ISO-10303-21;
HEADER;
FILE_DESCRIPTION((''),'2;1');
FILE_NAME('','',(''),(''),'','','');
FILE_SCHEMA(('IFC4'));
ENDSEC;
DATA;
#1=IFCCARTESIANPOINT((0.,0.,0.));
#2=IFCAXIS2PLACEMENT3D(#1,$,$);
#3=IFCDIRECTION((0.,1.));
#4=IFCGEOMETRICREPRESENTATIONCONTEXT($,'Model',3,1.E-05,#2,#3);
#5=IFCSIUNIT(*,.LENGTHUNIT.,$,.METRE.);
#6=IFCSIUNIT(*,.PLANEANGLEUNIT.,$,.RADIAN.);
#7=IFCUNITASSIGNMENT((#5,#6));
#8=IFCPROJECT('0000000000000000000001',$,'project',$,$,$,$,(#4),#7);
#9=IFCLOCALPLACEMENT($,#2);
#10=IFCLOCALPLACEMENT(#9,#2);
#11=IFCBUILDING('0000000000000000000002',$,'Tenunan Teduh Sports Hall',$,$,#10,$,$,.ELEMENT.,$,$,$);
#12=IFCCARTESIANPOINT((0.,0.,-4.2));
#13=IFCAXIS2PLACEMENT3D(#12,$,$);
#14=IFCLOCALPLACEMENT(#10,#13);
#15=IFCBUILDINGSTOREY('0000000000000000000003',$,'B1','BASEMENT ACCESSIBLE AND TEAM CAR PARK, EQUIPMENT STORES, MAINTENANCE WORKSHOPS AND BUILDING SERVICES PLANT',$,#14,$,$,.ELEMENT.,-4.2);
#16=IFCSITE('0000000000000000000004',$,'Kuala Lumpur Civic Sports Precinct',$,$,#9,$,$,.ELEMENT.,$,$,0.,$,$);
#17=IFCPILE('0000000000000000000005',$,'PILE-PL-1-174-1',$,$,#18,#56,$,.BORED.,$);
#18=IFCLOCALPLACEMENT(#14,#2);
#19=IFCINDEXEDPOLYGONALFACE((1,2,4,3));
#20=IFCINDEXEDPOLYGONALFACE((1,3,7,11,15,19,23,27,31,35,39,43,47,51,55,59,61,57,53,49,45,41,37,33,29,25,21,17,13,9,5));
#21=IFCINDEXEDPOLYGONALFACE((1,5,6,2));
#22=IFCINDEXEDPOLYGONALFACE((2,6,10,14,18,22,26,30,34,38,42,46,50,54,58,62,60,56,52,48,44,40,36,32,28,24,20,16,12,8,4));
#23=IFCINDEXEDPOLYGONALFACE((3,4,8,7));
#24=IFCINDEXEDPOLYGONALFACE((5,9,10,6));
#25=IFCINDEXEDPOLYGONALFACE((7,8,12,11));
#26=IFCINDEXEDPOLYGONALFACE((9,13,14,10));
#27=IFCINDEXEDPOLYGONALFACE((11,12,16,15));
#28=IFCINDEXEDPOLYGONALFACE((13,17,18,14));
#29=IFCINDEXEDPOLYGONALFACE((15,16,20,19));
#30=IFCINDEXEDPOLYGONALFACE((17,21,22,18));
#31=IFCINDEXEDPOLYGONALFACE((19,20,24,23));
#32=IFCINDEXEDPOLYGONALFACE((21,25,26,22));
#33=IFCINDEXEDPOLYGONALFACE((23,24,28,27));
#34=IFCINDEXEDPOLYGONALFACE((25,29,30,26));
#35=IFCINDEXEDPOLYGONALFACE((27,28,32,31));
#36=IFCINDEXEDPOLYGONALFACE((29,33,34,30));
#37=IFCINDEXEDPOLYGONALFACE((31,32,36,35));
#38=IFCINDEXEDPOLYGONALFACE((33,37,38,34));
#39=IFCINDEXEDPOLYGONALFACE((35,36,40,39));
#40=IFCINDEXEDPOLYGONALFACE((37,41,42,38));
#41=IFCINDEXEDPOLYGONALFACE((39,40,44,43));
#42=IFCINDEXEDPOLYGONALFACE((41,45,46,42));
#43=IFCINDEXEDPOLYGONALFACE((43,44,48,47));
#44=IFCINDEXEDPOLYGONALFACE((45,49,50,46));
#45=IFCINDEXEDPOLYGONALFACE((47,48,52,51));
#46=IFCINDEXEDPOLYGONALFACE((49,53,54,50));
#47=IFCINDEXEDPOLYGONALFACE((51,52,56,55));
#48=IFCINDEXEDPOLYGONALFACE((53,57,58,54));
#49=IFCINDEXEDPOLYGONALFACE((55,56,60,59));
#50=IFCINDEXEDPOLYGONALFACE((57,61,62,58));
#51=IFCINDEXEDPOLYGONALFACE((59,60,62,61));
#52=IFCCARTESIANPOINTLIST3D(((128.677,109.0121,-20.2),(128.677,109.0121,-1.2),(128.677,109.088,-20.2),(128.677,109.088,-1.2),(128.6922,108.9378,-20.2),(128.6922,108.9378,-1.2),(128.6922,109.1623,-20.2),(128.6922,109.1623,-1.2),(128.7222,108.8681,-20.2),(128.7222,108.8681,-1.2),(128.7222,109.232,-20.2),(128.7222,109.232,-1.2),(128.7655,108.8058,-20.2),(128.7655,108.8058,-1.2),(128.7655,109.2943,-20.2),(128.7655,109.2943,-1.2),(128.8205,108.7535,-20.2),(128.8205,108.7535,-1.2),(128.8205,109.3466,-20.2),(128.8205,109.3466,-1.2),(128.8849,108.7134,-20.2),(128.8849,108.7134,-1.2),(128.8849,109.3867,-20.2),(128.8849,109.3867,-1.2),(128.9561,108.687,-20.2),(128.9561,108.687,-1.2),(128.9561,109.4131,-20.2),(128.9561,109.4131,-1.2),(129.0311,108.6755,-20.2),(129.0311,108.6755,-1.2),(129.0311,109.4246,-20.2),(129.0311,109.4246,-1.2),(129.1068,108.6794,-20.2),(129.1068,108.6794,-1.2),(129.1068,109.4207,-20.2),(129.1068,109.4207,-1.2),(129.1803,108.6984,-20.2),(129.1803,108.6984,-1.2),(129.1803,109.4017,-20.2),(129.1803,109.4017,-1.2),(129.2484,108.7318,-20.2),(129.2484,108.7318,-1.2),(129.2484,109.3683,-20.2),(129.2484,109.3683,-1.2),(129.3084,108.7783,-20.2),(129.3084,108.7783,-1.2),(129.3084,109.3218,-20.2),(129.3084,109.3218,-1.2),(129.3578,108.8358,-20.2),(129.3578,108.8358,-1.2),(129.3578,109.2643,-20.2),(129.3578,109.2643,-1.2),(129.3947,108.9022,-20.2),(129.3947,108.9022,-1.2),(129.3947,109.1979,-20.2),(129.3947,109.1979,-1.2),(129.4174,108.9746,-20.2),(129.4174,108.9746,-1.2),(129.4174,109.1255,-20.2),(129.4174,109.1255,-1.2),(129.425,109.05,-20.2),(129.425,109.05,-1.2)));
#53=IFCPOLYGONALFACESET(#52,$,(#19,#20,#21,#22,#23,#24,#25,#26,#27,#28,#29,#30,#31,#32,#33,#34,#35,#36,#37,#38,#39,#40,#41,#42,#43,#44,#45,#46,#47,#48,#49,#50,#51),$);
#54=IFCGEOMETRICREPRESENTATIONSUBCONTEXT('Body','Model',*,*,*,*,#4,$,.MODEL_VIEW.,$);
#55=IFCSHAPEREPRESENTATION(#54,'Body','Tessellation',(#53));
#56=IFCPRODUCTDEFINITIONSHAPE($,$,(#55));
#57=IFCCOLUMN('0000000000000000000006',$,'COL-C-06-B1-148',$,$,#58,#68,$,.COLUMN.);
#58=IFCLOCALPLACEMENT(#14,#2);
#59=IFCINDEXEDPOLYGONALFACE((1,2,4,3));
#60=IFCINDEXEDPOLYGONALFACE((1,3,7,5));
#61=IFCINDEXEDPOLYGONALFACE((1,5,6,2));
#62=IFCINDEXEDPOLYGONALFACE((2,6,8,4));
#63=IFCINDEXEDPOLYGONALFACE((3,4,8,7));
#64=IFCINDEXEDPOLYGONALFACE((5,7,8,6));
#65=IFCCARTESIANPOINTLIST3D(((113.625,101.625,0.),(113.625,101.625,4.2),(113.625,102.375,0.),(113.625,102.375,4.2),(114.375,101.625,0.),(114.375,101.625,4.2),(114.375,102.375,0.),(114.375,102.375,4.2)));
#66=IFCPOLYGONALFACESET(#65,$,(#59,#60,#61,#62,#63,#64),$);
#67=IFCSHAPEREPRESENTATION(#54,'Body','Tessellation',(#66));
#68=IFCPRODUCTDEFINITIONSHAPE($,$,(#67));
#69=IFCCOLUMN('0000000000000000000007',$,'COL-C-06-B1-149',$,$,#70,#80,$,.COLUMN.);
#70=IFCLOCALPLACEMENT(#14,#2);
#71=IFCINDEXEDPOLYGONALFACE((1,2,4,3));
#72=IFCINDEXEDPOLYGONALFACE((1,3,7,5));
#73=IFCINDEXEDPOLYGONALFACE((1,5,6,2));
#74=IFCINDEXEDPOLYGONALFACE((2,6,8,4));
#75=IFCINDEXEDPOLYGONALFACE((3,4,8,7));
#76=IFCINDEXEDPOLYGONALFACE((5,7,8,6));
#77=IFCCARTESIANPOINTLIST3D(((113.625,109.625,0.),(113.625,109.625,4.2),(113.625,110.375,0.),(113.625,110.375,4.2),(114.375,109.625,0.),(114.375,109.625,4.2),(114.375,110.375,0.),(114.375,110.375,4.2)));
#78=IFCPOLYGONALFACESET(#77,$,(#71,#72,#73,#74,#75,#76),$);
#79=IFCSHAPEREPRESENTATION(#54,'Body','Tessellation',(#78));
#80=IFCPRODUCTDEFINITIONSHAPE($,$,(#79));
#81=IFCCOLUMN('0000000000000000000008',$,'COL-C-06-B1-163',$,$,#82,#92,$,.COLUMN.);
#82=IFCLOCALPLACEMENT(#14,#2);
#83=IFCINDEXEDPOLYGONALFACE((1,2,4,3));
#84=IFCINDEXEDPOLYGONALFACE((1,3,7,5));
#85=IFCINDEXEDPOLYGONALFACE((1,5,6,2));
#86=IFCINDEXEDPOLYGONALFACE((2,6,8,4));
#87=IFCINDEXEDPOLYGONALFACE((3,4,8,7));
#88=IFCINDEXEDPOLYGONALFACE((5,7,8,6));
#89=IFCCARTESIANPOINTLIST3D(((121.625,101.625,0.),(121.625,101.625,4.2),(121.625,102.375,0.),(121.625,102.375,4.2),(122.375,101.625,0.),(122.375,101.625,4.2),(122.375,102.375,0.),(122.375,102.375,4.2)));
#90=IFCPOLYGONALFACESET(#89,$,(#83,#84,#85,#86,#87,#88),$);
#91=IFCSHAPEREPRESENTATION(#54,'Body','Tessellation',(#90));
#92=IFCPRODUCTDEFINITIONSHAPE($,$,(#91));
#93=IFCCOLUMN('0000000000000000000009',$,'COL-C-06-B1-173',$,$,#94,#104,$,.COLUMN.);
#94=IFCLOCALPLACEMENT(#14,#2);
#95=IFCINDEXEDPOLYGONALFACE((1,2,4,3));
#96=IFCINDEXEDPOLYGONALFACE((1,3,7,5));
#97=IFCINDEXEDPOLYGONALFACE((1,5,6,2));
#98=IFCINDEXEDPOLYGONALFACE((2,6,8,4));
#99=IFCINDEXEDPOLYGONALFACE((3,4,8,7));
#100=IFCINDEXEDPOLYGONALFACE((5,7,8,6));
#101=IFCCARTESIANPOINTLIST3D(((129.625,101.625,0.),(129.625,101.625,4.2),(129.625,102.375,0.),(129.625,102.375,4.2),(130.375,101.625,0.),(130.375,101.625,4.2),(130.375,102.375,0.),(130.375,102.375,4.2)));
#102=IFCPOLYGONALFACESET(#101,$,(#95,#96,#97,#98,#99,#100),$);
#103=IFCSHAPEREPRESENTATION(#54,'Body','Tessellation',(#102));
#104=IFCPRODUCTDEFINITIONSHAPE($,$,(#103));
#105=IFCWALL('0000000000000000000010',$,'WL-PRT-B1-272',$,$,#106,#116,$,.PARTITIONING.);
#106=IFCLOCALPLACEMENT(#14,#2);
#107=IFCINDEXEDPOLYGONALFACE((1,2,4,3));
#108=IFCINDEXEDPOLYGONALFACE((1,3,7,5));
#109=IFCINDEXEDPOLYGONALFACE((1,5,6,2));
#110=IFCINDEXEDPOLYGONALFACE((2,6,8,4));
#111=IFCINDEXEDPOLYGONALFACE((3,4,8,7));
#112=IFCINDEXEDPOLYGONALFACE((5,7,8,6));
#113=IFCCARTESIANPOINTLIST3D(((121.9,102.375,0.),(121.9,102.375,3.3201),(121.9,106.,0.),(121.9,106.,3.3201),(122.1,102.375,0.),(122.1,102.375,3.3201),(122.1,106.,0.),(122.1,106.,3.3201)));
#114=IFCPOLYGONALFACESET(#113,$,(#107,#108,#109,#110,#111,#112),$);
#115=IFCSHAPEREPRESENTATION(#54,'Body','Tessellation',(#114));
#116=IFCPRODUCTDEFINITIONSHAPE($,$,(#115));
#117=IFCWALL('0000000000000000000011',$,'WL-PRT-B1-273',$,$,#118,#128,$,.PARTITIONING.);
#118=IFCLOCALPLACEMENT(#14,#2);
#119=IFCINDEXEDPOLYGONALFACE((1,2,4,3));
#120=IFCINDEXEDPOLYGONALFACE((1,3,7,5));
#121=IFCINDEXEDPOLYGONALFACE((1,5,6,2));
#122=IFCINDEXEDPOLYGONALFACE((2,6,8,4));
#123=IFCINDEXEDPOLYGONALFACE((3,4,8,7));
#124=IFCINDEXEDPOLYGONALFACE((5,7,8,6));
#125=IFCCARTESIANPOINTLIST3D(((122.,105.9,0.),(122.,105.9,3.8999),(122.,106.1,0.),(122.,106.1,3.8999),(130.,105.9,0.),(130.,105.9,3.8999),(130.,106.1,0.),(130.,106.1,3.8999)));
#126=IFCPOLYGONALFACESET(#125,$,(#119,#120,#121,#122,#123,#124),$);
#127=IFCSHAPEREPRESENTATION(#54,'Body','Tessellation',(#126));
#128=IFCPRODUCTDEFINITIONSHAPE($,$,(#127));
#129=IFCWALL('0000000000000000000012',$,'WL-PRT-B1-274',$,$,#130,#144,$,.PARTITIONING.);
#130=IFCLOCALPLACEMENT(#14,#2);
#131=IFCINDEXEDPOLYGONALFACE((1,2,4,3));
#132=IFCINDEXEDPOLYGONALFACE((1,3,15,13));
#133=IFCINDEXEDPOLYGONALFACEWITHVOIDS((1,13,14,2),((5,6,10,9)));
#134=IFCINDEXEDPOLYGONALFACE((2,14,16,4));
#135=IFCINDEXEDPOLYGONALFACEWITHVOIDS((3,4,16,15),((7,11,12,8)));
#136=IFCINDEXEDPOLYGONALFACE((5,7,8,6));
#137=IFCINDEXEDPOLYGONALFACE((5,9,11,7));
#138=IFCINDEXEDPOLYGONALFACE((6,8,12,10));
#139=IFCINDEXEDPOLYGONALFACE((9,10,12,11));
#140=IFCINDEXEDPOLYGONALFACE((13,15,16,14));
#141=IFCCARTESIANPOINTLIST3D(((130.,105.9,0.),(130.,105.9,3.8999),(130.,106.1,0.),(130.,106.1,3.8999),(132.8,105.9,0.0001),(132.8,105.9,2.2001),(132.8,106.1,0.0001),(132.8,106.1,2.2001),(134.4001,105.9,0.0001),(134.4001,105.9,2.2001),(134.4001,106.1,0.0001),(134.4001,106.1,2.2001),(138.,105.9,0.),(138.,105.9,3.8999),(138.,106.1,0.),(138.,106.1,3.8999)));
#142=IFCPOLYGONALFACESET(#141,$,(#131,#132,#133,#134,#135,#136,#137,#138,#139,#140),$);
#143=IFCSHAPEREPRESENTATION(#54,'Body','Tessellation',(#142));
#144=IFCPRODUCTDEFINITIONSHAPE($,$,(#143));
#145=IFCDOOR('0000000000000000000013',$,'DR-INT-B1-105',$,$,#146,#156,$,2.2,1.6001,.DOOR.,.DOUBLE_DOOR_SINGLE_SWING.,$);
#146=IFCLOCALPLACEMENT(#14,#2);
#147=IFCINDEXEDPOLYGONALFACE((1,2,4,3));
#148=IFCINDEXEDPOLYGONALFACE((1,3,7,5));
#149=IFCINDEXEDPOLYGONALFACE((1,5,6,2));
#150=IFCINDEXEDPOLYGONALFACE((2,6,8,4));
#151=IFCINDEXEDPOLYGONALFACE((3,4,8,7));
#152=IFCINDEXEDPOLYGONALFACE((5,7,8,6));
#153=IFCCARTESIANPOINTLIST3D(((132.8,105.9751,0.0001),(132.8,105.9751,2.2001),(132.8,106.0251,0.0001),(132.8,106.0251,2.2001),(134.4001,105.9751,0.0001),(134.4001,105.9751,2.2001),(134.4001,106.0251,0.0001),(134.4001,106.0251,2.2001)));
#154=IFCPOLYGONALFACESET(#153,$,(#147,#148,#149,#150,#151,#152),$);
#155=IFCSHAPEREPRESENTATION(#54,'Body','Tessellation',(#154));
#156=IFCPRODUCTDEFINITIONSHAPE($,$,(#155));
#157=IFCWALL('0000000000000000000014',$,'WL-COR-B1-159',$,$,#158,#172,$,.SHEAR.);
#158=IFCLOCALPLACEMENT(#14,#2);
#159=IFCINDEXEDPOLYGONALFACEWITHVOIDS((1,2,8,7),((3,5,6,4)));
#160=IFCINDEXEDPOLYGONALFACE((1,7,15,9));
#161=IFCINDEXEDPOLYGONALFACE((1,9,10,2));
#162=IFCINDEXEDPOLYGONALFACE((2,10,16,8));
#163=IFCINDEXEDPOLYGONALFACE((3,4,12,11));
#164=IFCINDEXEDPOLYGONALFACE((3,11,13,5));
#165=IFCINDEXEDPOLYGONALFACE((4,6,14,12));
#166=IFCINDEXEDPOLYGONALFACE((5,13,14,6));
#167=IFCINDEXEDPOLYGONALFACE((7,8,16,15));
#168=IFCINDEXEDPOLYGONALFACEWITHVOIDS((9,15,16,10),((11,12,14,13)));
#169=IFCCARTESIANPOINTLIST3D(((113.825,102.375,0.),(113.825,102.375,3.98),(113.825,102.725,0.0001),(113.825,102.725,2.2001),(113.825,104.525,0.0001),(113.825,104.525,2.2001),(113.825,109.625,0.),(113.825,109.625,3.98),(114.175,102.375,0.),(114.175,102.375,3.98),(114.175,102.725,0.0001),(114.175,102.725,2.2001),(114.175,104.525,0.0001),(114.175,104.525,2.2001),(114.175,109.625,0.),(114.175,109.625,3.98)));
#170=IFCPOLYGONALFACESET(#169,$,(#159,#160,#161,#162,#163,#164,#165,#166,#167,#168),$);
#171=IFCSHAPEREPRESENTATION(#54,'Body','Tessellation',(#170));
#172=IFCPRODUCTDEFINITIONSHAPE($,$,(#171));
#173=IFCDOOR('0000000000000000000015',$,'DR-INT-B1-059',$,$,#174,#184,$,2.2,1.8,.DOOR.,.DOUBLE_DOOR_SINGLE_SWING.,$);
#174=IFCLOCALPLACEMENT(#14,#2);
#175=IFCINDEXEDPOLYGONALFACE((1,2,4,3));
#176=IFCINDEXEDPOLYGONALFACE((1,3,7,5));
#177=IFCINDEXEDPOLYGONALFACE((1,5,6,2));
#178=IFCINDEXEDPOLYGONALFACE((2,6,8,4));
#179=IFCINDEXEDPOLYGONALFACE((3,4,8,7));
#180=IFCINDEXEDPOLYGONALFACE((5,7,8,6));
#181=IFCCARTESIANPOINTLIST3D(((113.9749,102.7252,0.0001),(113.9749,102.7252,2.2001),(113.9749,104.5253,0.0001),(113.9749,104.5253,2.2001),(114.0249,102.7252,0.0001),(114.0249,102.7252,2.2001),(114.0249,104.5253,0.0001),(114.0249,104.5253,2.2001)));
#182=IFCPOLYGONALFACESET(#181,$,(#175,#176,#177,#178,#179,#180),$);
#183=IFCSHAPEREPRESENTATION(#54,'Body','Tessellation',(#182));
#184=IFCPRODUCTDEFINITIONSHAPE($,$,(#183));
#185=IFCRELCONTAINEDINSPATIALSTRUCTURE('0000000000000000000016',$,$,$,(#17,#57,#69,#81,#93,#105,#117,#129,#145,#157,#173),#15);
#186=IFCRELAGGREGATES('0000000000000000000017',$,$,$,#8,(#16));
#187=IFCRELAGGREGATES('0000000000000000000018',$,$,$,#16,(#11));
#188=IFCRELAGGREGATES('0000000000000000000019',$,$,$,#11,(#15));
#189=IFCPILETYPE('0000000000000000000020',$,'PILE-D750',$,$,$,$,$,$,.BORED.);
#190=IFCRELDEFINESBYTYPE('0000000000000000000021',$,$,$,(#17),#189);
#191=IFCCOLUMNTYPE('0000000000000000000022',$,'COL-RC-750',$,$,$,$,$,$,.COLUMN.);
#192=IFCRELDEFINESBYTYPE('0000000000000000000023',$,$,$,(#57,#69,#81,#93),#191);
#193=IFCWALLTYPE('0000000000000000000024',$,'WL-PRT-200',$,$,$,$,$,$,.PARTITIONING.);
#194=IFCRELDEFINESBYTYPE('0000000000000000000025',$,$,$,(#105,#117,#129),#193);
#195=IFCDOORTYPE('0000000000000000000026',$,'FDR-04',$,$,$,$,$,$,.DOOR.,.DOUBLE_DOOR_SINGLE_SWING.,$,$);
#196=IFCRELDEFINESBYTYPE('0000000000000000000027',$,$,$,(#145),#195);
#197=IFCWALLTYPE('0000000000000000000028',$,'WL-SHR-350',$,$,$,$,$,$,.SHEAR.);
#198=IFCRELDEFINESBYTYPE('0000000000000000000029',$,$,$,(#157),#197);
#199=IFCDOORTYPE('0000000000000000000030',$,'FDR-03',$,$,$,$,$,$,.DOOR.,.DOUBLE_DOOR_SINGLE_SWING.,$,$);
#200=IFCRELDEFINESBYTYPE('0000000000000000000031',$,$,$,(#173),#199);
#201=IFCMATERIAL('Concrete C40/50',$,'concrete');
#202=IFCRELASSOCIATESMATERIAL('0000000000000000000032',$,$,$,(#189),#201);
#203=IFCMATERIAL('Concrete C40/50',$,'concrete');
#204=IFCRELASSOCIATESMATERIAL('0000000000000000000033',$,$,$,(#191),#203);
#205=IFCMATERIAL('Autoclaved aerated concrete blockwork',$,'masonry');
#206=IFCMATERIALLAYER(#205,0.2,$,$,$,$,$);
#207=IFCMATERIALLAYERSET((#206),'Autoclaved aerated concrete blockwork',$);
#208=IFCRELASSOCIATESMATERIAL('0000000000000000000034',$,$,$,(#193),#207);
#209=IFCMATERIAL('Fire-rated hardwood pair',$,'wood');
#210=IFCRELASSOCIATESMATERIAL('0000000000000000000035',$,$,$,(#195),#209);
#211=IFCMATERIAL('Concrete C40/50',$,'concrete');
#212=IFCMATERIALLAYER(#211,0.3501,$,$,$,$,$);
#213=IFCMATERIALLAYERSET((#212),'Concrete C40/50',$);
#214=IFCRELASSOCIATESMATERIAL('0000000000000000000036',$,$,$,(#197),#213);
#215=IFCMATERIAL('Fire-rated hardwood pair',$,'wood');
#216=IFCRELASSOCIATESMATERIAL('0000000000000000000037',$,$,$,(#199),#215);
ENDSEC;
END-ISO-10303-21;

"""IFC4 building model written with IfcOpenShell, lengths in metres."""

from ifc_helpers import new_model, si_unit, direction, frame, frame_2d, origin, origin_2d, place, context, subcontext, project, spatial, rectangle, circle, extrude, material, layer, layer_set, material_profile, profile_set, type_object, element, fill, save


model = new_model("IFC4")

# Units and contexts
model_context = context("Model", 3, precision=1e-05, world=origin(), true_north=direction((0.0, 1.0)))
body_context = subcontext(model_context, "Body", "Model", "MODEL_VIEW")
ifc_project = project(units=[si_unit("LENGTHUNIT", "METRE"), si_unit("PLANEANGLEUNIT", "RADIAN")], contexts=[model_context])

# Site, building, storey
site_placement = place(None, origin())
site = spatial("IfcSite", under=ifc_project, at=site_placement, Name="Kuala Lumpur Civic Sports Precinct", CompositionType="ELEMENT", RefElevation=0.0)
building_placement = place(site_placement, origin())
building = spatial("IfcBuilding", under=site, at=building_placement, Name="Tenunan Teduh Sports Hall", CompositionType="ELEMENT")
storey_placement = place(building_placement, frame((0.0, 0.0, -4.2)))
storey = spatial("IfcBuildingStorey", under=building, at=storey_placement, Name="B1", Description="BASEMENT ACCESSIBLE AND TEAM CAR PARK, EQUIPMENT STORES, MAINTENANCE WORKSHOPS AND BUILDING SERVICES PLANT", CompositionType="ELEMENT", Elevation=-4.2)

# Pile
ifc_material_1 = material(Name="Concrete C40/50", Category="concrete")
ifc_material_profile_1 = material_profile(ifc_material_1, circle(Radius=0.375, at=origin_2d()), Name="PILE D750")
ifc_profile_set_1 = profile_set([ifc_material_profile_1], Name="Concrete C40/50")
pile_type = type_object("IfcPileType", Name="PILE-D750", PredefinedType="BORED", material=ifc_profile_set_1)
for number, where, z_axis, x_axis, name in (
    (1, (129.05, 109.05, -1.2), (0.0, 0.0, -1.0), (1.0, 0.0, 0.0), "PILE-PL-1-174-1"),
):
    element("IfcPile", number, at=place(storey_placement, frame(where, z_axis=z_axis, x_axis=x_axis)), inside=storey, type_object=pile_type, Name=name, PredefinedType="BORED", context=body_context, shape_type="SweptSolid", body=[
        extrude(circle(Radius=0.375, at=origin_2d()), origin(), (0.0, 0.0, 1.0), 19.0),
    ])

# Columns
ifc_material_2 = material(Name="Concrete C40/50", Category="concrete")
ifc_material_profile_2 = material_profile(ifc_material_2, rectangle(XDim=0.75, YDim=0.75, at=origin_2d()), Name="RC 750x750")
ifc_profile_set_2 = profile_set([ifc_material_profile_2], Name="Concrete C40/50")
column_type = type_object("IfcColumnType", Name="COL-RC-750", PredefinedType="COLUMN", material=ifc_profile_set_2)
for number, where, z_axis, x_axis, name in (
    (2, (114.0, 102.0, 0.0), (0.0, 0.0, 1.0), (1.0, 0.0, 0.0), "COL-C-06-B1-148"),
    (3, (114.0, 110.0, 0.0), (0.0, 0.0, 1.0), (1.0, 0.0, 0.0), "COL-C-06-B1-149"),
    (4, (122.0, 102.0, 0.0), (0.0, 0.0, 1.0), (1.0, 0.0, 0.0), "COL-C-06-B1-163"),
    (5, (130.0, 102.0, 0.0), (0.0, 0.0, 1.0), (1.0, 0.0, 0.0), "COL-C-06-B1-173"),
):
    element("IfcColumn", number, at=place(storey_placement, frame(where, z_axis=z_axis, x_axis=x_axis)), inside=storey, type_object=column_type, Name=name, PredefinedType="COLUMN", context=body_context, shape_type="SweptSolid", body=[
        extrude(rectangle(XDim=0.75, YDim=0.75, at=origin_2d()), origin(), (0.0, 0.0, 1.0), 4.2),
    ])

# Walls
ifc_material_3 = material(Name="Autoclaved aerated concrete blockwork", Category="masonry")
ifc_layer_1 = layer(ifc_material_3, 0.2)
ifc_layer_set_1 = layer_set([ifc_layer_1], Name="Autoclaved aerated concrete blockwork")
wall_type_1 = type_object("IfcWallType", Name="WL-PRT-200", PredefinedType="PARTITIONING", material=ifc_layer_set_1)
wall_1_placement = place(storey_placement, frame((122.0, 102.375, 0.0), z_axis=(0.0, 0.0, 1.0), x_axis=(0.0, 1.0, 0.0)))
element("IfcWall", 6, at=wall_1_placement, inside=storey, type_object=wall_type_1, Name="WL-PRT-B1-272", PredefinedType="PARTITIONING", context=body_context, shape_type="SweptSolid", body=[
    extrude(rectangle(XDim=3.625, YDim=0.2, at=frame_2d((1.8125, 0.0))), origin(), (0.0, 0.0, 1.0), 3.3201),
])
wall_2_placement = place(storey_placement, frame((122.0, 106.0, 0.0), z_axis=(0.0, 0.0, 1.0), x_axis=(1.0, 0.0, 0.0)))
element("IfcWall", 7, at=wall_2_placement, inside=storey, type_object=wall_type_1, Name="WL-PRT-B1-273", PredefinedType="PARTITIONING", context=body_context, shape_type="SweptSolid", body=[
    extrude(rectangle(XDim=8.0, YDim=0.2, at=frame_2d((4.0, 0.0))), origin(), (0.0, 0.0, 1.0), 3.8999),
])

# Walls, openings, doors
wall_3_placement = place(storey_placement, frame((130.0, 106.0, 0.0), z_axis=(0.0, 0.0, 1.0), x_axis=(1.0, 0.0, 0.0)))
wall_3 = element("IfcWall", 8, at=wall_3_placement, inside=storey, type_object=wall_type_1, Name="WL-PRT-B1-274", PredefinedType="PARTITIONING", context=body_context, shape_type="SweptSolid", body=[
    extrude(rectangle(XDim=8.0, YDim=0.2, at=frame_2d((4.0, 0.0))), origin(), (0.0, 0.0, 1.0), 3.8999),
])
opening_1_placement = place(wall_3_placement, frame((2.8, 0.0, 0.0)))
opening_1 = element("IfcOpeningElement", 9, at=opening_1_placement, cuts=wall_3, PredefinedType="OPENING", context=body_context, shape_type="SweptSolid", body=[
    extrude(rectangle(XDim=1.6001, YDim=2.2, at=frame_2d((0.8, 1.1001))), frame((0.0, 0.1099, 0.0), z_axis=(0.0, -1.0, 0.0), x_axis=(1.0, 0.0, 0.0)), (0.0, 0.0, 1.0), 0.22),
])
ifc_material_4 = material(Name="Fire-rated hardwood pair", Category="wood")
door_type_1 = type_object("IfcDoorType", Name="FDR-04", OperationType="DOUBLE_DOOR_SINGLE_SWING", PredefinedType="DOOR", material=ifc_material_4)
door_1_placement = place(opening_1_placement, frame((1.6001, 0.0, 0.0), z_axis=(0.0, 0.0, 1.0), x_axis=(-1.0, 0.0, 0.0)))
door_1 = element("IfcDoor", 10, at=door_1_placement, inside=storey, type_object=door_type_1, Name="DR-INT-B1-105", OperationType="DOUBLE_DOOR_SINGLE_SWING", OverallHeight=2.2, OverallWidth=1.6001, PredefinedType="DOOR", context=body_context, shape_type="SweptSolid", body=[
    extrude(rectangle(XDim=1.6001, YDim=2.2, at=frame_2d((0.8, 1.1001))), frame((0.0, 0.0249, 0.0), z_axis=(0.0, -1.0, 0.0), x_axis=(1.0, 0.0, 0.0)), (0.0, 0.0, 1.0), 0.05),
])
fill(opening_1, door_1)
ifc_material_5 = material(Name="Concrete C40/50", Category="concrete")
ifc_layer_2 = layer(ifc_material_5, 0.3501)
ifc_layer_set_2 = layer_set([ifc_layer_2], Name="Concrete C40/50")
wall_type_2 = type_object("IfcWallType", Name="WL-SHR-350", PredefinedType="SHEAR", material=ifc_layer_set_2)
wall_4_placement = place(storey_placement, frame((114.0, 102.375, 0.0), z_axis=(0.0, 0.0, 1.0), x_axis=(0.0, 1.0, 0.0)))
wall_4 = element("IfcWall", 11, at=wall_4_placement, inside=storey, type_object=wall_type_2, Name="WL-COR-B1-159", PredefinedType="SHEAR", context=body_context, shape_type="SweptSolid", body=[
    extrude(rectangle(XDim=7.25, YDim=0.3501, at=frame_2d((3.625, 0.0))), origin(), (0.0, 0.0, 1.0), 3.98),
])
opening_2_placement = place(wall_4_placement, frame((0.3501, 0.0, 0.0)))
opening_2 = element("IfcOpeningElement", 12, at=opening_2_placement, cuts=wall_4, PredefinedType="OPENING", context=body_context, shape_type="SweptSolid", body=[
    extrude(rectangle(XDim=1.8, YDim=2.2, at=frame_2d((0.8999, 1.1001))), frame((0.0, 0.1851, 0.0), z_axis=(0.0, -1.0, 0.0), x_axis=(1.0, 0.0, 0.0)), (0.0, 0.0, 1.0), 0.3701),
])
ifc_material_6 = material(Name="Fire-rated hardwood pair", Category="wood")
door_type_2 = type_object("IfcDoorType", Name="FDR-03", OperationType="DOUBLE_DOOR_SINGLE_SWING", PredefinedType="DOOR", material=ifc_material_6)
door_2_placement = place(opening_2_placement, frame((1.8, 0.0, 0.0), z_axis=(0.0, 0.0, 1.0), x_axis=(-1.0, 0.0, 0.0)))
door_2 = element("IfcDoor", 13, at=door_2_placement, inside=storey, type_object=door_type_2, Name="DR-INT-B1-059", OperationType="DOUBLE_DOOR_SINGLE_SWING", OverallHeight=2.2, OverallWidth=1.8, PredefinedType="DOOR", context=body_context, shape_type="SweptSolid", body=[
    extrude(rectangle(XDim=1.8, YDim=2.2, at=frame_2d((0.8999, 1.1001))), frame((0.0, 0.0249, 0.0), z_axis=(0.0, -1.0, 0.0), x_axis=(1.0, 0.0, 0.0)), (0.0, 0.0, 1.0), 0.05),
])
fill(opening_2, door_2)

save(model, "model.ifc")
